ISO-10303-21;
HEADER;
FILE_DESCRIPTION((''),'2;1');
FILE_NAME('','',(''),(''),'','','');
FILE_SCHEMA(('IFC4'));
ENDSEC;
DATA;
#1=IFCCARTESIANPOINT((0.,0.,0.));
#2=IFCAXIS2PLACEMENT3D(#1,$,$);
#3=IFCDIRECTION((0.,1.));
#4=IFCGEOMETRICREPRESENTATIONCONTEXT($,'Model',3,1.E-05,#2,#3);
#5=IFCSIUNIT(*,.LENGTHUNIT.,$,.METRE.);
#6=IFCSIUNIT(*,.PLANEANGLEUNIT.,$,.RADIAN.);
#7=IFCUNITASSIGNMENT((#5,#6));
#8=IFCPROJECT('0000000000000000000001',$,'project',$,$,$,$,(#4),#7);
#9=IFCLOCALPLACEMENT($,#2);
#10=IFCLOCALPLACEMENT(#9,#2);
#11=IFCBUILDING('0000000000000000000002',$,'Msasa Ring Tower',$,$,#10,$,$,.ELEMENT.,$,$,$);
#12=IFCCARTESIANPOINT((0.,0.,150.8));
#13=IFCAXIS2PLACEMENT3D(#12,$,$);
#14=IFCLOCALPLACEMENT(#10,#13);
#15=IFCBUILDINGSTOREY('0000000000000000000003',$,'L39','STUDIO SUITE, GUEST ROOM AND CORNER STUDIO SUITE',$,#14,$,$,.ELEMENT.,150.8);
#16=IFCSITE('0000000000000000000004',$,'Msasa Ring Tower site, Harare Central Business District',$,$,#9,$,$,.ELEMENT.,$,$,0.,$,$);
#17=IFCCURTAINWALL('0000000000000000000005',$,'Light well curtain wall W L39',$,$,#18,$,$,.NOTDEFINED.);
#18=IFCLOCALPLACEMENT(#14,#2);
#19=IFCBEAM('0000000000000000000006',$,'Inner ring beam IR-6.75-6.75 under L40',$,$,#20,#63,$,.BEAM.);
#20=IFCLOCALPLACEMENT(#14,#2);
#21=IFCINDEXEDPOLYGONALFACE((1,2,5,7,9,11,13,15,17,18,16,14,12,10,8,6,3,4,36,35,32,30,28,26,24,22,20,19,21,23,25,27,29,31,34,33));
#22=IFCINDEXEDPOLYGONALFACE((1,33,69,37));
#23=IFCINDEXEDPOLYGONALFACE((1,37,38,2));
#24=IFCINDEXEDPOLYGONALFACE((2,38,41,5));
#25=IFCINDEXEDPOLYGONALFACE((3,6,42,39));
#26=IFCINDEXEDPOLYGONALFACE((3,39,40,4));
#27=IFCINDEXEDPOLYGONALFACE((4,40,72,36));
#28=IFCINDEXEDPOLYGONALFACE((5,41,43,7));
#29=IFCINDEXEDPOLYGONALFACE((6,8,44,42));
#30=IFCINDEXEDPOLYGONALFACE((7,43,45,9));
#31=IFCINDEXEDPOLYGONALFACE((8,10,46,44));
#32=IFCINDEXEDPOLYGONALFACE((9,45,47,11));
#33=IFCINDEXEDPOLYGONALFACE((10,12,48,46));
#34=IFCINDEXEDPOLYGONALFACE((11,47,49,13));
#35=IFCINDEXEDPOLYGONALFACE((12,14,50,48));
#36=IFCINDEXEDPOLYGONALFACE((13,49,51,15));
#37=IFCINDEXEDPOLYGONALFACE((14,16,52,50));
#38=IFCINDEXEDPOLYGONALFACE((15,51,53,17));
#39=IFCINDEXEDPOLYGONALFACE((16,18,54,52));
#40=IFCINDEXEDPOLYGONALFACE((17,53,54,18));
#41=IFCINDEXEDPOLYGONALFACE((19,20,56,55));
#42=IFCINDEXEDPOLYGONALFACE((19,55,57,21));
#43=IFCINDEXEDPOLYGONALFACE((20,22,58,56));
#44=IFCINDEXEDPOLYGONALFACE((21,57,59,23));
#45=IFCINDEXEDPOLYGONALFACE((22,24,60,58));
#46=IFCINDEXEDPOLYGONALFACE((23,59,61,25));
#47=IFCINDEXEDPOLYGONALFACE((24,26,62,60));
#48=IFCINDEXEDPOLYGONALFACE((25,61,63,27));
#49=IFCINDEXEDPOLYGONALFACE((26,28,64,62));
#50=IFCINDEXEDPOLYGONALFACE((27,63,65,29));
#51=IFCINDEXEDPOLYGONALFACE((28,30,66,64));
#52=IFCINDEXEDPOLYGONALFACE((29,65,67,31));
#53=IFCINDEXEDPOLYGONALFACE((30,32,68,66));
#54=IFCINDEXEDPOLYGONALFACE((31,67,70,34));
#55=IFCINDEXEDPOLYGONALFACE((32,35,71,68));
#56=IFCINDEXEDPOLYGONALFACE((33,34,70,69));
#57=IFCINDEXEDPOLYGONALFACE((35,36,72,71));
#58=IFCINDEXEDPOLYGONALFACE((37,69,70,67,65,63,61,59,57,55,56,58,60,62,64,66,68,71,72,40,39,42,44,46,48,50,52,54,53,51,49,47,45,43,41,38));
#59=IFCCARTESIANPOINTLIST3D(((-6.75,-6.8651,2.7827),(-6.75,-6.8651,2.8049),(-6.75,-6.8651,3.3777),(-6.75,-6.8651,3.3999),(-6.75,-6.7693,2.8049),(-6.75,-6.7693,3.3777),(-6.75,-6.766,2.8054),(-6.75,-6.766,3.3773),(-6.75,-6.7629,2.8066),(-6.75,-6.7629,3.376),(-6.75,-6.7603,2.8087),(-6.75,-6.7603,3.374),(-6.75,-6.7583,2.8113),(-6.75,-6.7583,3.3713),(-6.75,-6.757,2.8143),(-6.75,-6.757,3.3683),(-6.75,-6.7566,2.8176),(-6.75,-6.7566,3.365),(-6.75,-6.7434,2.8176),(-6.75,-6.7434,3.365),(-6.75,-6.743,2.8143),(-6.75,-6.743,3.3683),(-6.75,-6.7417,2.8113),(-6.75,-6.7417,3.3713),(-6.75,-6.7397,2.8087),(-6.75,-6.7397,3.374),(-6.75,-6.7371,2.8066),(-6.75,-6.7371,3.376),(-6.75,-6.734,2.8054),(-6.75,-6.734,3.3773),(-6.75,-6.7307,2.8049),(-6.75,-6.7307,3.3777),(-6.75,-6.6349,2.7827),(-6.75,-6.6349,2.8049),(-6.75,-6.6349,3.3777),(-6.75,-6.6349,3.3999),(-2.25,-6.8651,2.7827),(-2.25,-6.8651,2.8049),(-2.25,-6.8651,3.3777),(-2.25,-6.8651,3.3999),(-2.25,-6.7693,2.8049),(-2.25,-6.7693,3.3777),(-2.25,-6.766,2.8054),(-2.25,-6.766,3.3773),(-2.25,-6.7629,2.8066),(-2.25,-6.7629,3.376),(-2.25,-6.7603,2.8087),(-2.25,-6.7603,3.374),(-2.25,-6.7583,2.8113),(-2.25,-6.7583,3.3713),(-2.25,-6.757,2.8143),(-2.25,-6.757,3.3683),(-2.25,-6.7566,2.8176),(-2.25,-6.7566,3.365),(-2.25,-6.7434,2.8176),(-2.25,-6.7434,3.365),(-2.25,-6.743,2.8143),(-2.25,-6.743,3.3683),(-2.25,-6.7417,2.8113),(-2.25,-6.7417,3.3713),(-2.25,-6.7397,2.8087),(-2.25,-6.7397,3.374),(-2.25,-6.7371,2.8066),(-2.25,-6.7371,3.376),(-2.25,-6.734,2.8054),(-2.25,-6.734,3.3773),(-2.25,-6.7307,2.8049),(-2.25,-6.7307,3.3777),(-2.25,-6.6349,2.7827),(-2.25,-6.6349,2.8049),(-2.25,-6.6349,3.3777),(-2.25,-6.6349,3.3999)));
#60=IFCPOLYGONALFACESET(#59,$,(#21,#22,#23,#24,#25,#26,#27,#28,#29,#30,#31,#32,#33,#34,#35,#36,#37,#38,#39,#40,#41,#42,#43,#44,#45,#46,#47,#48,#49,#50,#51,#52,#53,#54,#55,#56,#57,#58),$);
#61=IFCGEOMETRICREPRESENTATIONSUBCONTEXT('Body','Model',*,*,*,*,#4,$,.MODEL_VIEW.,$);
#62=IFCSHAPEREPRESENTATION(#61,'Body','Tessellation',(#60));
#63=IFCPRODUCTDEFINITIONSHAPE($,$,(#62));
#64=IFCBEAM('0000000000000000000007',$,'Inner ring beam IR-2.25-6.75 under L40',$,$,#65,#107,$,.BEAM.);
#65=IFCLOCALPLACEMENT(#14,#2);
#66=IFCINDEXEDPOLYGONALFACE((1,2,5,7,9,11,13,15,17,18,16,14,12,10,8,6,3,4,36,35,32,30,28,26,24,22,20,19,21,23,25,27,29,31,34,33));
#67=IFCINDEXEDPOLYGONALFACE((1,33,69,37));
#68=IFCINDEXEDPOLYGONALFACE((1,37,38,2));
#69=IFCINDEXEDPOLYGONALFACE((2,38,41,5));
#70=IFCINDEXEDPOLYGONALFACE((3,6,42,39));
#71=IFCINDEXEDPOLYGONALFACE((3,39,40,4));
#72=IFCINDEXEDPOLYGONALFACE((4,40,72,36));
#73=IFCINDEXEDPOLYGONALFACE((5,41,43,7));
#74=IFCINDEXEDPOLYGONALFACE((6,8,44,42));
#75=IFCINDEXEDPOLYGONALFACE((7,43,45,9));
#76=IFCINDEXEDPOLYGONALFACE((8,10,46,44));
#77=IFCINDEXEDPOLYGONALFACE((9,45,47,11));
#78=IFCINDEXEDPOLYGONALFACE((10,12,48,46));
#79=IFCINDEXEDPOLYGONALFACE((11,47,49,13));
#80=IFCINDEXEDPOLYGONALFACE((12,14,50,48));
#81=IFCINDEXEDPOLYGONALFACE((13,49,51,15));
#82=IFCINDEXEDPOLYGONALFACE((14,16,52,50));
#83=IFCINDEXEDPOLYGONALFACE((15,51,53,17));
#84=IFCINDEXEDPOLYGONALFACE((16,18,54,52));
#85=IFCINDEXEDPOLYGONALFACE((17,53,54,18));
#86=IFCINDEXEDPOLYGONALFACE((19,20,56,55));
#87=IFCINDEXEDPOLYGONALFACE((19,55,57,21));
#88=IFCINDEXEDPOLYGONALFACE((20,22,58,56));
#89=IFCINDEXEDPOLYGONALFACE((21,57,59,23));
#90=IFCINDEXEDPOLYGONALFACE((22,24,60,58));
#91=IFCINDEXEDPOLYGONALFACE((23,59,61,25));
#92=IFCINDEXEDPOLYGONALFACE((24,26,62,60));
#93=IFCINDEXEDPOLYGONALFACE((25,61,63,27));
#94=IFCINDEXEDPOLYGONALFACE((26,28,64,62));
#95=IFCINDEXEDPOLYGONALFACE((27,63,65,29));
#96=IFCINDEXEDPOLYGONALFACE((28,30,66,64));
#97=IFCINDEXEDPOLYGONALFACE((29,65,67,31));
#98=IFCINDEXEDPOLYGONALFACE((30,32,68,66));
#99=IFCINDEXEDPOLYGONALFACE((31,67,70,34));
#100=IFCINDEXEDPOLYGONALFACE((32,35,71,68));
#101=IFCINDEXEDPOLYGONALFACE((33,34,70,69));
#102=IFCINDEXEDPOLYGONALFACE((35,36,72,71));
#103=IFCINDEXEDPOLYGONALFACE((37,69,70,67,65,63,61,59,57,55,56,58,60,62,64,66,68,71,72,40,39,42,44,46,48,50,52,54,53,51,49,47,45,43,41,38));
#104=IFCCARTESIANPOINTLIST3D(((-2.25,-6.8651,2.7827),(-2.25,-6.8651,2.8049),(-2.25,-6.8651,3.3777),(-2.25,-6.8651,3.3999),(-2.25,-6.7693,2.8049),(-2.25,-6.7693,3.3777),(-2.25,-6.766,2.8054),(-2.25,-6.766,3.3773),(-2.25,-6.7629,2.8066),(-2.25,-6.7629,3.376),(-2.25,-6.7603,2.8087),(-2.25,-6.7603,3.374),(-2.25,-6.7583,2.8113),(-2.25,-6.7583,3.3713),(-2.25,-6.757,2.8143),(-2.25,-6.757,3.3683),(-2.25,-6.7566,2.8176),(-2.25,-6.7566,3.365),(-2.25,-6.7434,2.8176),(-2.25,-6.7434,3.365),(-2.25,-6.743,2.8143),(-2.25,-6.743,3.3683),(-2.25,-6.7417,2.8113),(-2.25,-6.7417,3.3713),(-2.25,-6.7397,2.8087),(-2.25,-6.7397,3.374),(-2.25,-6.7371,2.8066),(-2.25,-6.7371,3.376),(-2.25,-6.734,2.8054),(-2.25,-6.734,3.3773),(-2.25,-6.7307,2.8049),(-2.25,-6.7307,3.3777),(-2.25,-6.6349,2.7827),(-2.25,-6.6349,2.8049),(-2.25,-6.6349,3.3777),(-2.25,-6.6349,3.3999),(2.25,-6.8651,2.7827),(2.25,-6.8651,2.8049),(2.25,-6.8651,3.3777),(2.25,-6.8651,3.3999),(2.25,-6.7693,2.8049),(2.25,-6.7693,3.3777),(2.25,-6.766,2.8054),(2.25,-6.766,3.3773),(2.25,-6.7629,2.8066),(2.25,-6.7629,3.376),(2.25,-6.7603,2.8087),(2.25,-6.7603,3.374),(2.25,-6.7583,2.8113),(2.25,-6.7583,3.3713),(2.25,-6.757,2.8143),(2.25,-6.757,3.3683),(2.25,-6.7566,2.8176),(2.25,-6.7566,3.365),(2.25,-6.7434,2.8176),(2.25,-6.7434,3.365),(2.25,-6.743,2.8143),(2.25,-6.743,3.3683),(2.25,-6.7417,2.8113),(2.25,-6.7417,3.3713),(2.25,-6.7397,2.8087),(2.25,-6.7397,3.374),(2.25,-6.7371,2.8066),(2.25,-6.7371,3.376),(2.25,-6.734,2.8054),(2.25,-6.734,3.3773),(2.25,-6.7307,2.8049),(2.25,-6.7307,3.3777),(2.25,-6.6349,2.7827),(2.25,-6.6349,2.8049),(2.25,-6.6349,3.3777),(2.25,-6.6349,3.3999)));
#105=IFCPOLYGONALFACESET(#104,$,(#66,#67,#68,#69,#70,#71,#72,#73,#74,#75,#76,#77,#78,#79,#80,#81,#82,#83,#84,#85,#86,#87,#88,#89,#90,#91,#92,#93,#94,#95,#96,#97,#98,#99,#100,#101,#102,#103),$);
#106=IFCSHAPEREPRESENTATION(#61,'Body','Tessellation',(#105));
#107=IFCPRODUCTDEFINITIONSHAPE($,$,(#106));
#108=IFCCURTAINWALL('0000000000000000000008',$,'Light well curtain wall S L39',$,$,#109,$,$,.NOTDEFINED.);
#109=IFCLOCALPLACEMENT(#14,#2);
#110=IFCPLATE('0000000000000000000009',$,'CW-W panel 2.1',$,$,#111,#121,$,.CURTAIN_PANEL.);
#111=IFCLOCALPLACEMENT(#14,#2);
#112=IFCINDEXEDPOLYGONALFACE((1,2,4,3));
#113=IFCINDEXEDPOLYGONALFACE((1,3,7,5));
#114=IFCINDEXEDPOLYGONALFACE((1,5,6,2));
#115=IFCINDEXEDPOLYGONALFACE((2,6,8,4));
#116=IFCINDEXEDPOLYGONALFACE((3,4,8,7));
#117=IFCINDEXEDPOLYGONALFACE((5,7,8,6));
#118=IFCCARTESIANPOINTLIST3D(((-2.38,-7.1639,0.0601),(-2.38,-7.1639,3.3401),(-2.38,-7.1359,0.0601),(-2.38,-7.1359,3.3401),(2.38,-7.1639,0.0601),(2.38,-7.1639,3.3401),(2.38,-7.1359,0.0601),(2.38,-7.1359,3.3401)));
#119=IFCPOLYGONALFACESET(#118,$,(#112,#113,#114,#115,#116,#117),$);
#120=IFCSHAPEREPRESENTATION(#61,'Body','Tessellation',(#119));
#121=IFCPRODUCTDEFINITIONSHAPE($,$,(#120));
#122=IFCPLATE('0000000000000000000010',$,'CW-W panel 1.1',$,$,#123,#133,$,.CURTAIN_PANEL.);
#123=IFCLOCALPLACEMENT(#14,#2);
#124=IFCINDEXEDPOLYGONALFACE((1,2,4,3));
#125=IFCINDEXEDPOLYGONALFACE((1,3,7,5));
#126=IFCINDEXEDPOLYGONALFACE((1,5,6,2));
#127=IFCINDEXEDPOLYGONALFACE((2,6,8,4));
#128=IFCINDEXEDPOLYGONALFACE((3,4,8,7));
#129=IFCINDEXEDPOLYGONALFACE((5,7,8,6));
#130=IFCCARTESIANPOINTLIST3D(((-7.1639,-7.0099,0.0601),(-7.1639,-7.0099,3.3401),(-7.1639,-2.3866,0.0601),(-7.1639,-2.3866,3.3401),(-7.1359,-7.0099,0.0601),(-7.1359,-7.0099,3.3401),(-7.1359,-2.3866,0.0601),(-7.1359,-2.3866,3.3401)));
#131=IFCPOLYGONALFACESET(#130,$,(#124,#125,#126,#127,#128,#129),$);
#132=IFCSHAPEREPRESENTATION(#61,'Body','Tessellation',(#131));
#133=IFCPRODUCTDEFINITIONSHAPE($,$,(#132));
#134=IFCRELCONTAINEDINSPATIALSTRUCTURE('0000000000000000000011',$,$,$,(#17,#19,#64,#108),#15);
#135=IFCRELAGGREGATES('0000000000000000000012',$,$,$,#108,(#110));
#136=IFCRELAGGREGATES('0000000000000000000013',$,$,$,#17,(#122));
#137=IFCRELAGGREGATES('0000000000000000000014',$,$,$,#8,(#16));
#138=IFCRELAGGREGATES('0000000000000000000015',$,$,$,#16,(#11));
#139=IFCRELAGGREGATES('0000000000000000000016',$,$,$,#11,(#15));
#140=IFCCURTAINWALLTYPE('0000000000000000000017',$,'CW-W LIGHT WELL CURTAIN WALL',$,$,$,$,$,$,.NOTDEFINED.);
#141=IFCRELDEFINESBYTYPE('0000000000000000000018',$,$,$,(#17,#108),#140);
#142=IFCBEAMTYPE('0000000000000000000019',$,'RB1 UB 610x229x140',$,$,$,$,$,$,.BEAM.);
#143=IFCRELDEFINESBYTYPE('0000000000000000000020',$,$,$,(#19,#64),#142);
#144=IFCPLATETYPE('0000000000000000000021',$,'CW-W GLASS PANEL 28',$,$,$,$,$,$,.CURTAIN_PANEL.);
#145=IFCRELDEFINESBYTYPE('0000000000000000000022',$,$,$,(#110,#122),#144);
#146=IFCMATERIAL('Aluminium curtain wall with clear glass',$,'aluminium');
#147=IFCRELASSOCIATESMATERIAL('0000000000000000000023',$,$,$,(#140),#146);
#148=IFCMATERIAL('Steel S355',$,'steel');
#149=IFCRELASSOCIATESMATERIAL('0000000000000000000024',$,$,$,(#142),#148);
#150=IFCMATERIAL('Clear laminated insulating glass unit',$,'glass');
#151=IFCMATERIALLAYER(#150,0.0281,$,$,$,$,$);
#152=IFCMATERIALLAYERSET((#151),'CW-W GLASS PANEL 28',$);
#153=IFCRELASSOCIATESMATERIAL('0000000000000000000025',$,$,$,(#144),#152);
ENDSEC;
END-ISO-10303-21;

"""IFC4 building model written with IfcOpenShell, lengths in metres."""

from ifc_helpers import new_model, si_unit, direction, frame, origin, origin_2d, place, context, subcontext, project, spatial, rectangle, i_section, extrude, material, layer, layer_set, material_profile, profile_set, type_object, element, aggregate, save


model = new_model("IFC4")

# Units and contexts
model_context = context("Model", 3, precision=1e-05, world=origin(), true_north=direction((0.0, 1.0)))
body_context = subcontext(model_context, "Body", "Model", "MODEL_VIEW")
ifc_project = project(units=[si_unit("LENGTHUNIT", "METRE"), si_unit("PLANEANGLEUNIT", "RADIAN")], contexts=[model_context])

# Site, building, storey
site_placement = place(None, origin())
site = spatial("IfcSite", under=ifc_project, at=site_placement, Name="Msasa Ring Tower site, Harare Central Business District", CompositionType="ELEMENT", RefElevation=0.0)
building_placement = place(site_placement, origin())
building = spatial("IfcBuilding", under=site, at=building_placement, Name="Msasa Ring Tower", CompositionType="ELEMENT")
storey_placement = place(building_placement, frame((0.0, 0.0, 150.8)))
storey = spatial("IfcBuildingStorey", under=building, at=storey_placement, Name="L39", Description="STUDIO SUITE, GUEST ROOM AND CORNER STUDIO SUITE", CompositionType="ELEMENT", Elevation=150.8)

# Curtain wall
ifc_material_1 = material(Name="Aluminium curtain wall with clear glass", Category="aluminium")
curtain_wall_type = type_object("IfcCurtainWallType", Name="CW-W LIGHT WELL CURTAIN WALL", PredefinedType="NOTDEFINED", material=ifc_material_1)
curtain_wall_1_placement = place(storey_placement, origin())
curtain_wall_1 = element("IfcCurtainWall", 1, at=curtain_wall_1_placement, inside=storey, type_object=curtain_wall_type, Name="Light well curtain wall W L39", PredefinedType="NOTDEFINED")

# Beams
ifc_material_2 = material(Name="Steel S355", Category="steel")
ifc_material_profile_1 = material_profile(ifc_material_2, i_section(OverallWidth=0.2302, OverallDepth=0.6172, WebThickness=0.0132, FlangeThickness=0.0222, FilletRadius=0.0127, at=origin_2d()), Name="UB 610x229x140")
ifc_profile_set_1 = profile_set([ifc_material_profile_1], Name="Steel S355")
beam_type = type_object("IfcBeamType", Name="RB1 UB 610x229x140", PredefinedType="BEAM", material=ifc_profile_set_1)
for number, where, z_axis, x_axis, name in (
    (2, (-6.75, -6.75, 3.0913), (1.0, 0.0, 0.0), (0.0, 1.0, 0.0), "Inner ring beam IR-6.75-6.75 under L40"),
    (3, (-2.25, -6.75, 3.0913), (1.0, 0.0, 0.0), (0.0, 1.0, 0.0), "Inner ring beam IR-2.25-6.75 under L40"),
):
    element("IfcBeam", number, at=place(storey_placement, frame(where, z_axis=z_axis, x_axis=x_axis)), inside=storey, type_object=beam_type, Name=name, PredefinedType="BEAM", context=body_context, shape_type="SweptSolid", body=[
        extrude(i_section(OverallWidth=0.2302, OverallDepth=0.6172, WebThickness=0.0132, FlangeThickness=0.0222, FilletRadius=0.0127, at=origin_2d()), origin(), (0.0, 0.0, 1.0), 4.5),
    ])

# Curtain wall, plate
curtain_wall_2_placement = place(storey_placement, origin())
curtain_wall_2 = element("IfcCurtainWall", 4, at=curtain_wall_2_placement, inside=storey, type_object=curtain_wall_type, Name="Light well curtain wall S L39", PredefinedType="NOTDEFINED")
ifc_material_3 = material(Name="Clear laminated insulating glass unit", Category="glass")
ifc_layer = layer(ifc_material_3, 0.0281)
ifc_layer_set = layer_set([ifc_layer], Name="CW-W GLASS PANEL 28")
plate_type = type_object("IfcPlateType", Name="CW-W GLASS PANEL 28", PredefinedType="CURTAIN_PANEL", material=ifc_layer_set)
plate_1_placement = place(storey_placement, frame((0.0, -7.1499, 0.0601), z_axis=(0.0, 0.0, 1.0), x_axis=(1.0, 0.0, 0.0)))
plate_1 = element("IfcPlate", 5, at=plate_1_placement, type_object=plate_type, Name="CW-W panel 2.1", PredefinedType="CURTAIN_PANEL", context=body_context, shape_type="SweptSolid", body=[
    extrude(rectangle(XDim=4.76, YDim=0.0281, at=origin_2d()), origin(), (0.0, 0.0, 1.0), 3.28),
])
aggregate(curtain_wall_2, [plate_1])

# Plate
plate_2_placement = place(storey_placement, frame((-7.1499, -4.6982, 0.0601), z_axis=(0.0, 0.0, 1.0), x_axis=(0.0, 1.0, 0.0)))
plate_2 = element("IfcPlate", 6, at=plate_2_placement, type_object=plate_type, Name="CW-W panel 1.1", PredefinedType="CURTAIN_PANEL", context=body_context, shape_type="SweptSolid", body=[
    extrude(rectangle(XDim=4.6233, YDim=0.0281, at=origin_2d()), origin(), (0.0, 0.0, 1.0), 3.28),
])
aggregate(curtain_wall_1, [plate_2])

save(model, "model.ifc")
